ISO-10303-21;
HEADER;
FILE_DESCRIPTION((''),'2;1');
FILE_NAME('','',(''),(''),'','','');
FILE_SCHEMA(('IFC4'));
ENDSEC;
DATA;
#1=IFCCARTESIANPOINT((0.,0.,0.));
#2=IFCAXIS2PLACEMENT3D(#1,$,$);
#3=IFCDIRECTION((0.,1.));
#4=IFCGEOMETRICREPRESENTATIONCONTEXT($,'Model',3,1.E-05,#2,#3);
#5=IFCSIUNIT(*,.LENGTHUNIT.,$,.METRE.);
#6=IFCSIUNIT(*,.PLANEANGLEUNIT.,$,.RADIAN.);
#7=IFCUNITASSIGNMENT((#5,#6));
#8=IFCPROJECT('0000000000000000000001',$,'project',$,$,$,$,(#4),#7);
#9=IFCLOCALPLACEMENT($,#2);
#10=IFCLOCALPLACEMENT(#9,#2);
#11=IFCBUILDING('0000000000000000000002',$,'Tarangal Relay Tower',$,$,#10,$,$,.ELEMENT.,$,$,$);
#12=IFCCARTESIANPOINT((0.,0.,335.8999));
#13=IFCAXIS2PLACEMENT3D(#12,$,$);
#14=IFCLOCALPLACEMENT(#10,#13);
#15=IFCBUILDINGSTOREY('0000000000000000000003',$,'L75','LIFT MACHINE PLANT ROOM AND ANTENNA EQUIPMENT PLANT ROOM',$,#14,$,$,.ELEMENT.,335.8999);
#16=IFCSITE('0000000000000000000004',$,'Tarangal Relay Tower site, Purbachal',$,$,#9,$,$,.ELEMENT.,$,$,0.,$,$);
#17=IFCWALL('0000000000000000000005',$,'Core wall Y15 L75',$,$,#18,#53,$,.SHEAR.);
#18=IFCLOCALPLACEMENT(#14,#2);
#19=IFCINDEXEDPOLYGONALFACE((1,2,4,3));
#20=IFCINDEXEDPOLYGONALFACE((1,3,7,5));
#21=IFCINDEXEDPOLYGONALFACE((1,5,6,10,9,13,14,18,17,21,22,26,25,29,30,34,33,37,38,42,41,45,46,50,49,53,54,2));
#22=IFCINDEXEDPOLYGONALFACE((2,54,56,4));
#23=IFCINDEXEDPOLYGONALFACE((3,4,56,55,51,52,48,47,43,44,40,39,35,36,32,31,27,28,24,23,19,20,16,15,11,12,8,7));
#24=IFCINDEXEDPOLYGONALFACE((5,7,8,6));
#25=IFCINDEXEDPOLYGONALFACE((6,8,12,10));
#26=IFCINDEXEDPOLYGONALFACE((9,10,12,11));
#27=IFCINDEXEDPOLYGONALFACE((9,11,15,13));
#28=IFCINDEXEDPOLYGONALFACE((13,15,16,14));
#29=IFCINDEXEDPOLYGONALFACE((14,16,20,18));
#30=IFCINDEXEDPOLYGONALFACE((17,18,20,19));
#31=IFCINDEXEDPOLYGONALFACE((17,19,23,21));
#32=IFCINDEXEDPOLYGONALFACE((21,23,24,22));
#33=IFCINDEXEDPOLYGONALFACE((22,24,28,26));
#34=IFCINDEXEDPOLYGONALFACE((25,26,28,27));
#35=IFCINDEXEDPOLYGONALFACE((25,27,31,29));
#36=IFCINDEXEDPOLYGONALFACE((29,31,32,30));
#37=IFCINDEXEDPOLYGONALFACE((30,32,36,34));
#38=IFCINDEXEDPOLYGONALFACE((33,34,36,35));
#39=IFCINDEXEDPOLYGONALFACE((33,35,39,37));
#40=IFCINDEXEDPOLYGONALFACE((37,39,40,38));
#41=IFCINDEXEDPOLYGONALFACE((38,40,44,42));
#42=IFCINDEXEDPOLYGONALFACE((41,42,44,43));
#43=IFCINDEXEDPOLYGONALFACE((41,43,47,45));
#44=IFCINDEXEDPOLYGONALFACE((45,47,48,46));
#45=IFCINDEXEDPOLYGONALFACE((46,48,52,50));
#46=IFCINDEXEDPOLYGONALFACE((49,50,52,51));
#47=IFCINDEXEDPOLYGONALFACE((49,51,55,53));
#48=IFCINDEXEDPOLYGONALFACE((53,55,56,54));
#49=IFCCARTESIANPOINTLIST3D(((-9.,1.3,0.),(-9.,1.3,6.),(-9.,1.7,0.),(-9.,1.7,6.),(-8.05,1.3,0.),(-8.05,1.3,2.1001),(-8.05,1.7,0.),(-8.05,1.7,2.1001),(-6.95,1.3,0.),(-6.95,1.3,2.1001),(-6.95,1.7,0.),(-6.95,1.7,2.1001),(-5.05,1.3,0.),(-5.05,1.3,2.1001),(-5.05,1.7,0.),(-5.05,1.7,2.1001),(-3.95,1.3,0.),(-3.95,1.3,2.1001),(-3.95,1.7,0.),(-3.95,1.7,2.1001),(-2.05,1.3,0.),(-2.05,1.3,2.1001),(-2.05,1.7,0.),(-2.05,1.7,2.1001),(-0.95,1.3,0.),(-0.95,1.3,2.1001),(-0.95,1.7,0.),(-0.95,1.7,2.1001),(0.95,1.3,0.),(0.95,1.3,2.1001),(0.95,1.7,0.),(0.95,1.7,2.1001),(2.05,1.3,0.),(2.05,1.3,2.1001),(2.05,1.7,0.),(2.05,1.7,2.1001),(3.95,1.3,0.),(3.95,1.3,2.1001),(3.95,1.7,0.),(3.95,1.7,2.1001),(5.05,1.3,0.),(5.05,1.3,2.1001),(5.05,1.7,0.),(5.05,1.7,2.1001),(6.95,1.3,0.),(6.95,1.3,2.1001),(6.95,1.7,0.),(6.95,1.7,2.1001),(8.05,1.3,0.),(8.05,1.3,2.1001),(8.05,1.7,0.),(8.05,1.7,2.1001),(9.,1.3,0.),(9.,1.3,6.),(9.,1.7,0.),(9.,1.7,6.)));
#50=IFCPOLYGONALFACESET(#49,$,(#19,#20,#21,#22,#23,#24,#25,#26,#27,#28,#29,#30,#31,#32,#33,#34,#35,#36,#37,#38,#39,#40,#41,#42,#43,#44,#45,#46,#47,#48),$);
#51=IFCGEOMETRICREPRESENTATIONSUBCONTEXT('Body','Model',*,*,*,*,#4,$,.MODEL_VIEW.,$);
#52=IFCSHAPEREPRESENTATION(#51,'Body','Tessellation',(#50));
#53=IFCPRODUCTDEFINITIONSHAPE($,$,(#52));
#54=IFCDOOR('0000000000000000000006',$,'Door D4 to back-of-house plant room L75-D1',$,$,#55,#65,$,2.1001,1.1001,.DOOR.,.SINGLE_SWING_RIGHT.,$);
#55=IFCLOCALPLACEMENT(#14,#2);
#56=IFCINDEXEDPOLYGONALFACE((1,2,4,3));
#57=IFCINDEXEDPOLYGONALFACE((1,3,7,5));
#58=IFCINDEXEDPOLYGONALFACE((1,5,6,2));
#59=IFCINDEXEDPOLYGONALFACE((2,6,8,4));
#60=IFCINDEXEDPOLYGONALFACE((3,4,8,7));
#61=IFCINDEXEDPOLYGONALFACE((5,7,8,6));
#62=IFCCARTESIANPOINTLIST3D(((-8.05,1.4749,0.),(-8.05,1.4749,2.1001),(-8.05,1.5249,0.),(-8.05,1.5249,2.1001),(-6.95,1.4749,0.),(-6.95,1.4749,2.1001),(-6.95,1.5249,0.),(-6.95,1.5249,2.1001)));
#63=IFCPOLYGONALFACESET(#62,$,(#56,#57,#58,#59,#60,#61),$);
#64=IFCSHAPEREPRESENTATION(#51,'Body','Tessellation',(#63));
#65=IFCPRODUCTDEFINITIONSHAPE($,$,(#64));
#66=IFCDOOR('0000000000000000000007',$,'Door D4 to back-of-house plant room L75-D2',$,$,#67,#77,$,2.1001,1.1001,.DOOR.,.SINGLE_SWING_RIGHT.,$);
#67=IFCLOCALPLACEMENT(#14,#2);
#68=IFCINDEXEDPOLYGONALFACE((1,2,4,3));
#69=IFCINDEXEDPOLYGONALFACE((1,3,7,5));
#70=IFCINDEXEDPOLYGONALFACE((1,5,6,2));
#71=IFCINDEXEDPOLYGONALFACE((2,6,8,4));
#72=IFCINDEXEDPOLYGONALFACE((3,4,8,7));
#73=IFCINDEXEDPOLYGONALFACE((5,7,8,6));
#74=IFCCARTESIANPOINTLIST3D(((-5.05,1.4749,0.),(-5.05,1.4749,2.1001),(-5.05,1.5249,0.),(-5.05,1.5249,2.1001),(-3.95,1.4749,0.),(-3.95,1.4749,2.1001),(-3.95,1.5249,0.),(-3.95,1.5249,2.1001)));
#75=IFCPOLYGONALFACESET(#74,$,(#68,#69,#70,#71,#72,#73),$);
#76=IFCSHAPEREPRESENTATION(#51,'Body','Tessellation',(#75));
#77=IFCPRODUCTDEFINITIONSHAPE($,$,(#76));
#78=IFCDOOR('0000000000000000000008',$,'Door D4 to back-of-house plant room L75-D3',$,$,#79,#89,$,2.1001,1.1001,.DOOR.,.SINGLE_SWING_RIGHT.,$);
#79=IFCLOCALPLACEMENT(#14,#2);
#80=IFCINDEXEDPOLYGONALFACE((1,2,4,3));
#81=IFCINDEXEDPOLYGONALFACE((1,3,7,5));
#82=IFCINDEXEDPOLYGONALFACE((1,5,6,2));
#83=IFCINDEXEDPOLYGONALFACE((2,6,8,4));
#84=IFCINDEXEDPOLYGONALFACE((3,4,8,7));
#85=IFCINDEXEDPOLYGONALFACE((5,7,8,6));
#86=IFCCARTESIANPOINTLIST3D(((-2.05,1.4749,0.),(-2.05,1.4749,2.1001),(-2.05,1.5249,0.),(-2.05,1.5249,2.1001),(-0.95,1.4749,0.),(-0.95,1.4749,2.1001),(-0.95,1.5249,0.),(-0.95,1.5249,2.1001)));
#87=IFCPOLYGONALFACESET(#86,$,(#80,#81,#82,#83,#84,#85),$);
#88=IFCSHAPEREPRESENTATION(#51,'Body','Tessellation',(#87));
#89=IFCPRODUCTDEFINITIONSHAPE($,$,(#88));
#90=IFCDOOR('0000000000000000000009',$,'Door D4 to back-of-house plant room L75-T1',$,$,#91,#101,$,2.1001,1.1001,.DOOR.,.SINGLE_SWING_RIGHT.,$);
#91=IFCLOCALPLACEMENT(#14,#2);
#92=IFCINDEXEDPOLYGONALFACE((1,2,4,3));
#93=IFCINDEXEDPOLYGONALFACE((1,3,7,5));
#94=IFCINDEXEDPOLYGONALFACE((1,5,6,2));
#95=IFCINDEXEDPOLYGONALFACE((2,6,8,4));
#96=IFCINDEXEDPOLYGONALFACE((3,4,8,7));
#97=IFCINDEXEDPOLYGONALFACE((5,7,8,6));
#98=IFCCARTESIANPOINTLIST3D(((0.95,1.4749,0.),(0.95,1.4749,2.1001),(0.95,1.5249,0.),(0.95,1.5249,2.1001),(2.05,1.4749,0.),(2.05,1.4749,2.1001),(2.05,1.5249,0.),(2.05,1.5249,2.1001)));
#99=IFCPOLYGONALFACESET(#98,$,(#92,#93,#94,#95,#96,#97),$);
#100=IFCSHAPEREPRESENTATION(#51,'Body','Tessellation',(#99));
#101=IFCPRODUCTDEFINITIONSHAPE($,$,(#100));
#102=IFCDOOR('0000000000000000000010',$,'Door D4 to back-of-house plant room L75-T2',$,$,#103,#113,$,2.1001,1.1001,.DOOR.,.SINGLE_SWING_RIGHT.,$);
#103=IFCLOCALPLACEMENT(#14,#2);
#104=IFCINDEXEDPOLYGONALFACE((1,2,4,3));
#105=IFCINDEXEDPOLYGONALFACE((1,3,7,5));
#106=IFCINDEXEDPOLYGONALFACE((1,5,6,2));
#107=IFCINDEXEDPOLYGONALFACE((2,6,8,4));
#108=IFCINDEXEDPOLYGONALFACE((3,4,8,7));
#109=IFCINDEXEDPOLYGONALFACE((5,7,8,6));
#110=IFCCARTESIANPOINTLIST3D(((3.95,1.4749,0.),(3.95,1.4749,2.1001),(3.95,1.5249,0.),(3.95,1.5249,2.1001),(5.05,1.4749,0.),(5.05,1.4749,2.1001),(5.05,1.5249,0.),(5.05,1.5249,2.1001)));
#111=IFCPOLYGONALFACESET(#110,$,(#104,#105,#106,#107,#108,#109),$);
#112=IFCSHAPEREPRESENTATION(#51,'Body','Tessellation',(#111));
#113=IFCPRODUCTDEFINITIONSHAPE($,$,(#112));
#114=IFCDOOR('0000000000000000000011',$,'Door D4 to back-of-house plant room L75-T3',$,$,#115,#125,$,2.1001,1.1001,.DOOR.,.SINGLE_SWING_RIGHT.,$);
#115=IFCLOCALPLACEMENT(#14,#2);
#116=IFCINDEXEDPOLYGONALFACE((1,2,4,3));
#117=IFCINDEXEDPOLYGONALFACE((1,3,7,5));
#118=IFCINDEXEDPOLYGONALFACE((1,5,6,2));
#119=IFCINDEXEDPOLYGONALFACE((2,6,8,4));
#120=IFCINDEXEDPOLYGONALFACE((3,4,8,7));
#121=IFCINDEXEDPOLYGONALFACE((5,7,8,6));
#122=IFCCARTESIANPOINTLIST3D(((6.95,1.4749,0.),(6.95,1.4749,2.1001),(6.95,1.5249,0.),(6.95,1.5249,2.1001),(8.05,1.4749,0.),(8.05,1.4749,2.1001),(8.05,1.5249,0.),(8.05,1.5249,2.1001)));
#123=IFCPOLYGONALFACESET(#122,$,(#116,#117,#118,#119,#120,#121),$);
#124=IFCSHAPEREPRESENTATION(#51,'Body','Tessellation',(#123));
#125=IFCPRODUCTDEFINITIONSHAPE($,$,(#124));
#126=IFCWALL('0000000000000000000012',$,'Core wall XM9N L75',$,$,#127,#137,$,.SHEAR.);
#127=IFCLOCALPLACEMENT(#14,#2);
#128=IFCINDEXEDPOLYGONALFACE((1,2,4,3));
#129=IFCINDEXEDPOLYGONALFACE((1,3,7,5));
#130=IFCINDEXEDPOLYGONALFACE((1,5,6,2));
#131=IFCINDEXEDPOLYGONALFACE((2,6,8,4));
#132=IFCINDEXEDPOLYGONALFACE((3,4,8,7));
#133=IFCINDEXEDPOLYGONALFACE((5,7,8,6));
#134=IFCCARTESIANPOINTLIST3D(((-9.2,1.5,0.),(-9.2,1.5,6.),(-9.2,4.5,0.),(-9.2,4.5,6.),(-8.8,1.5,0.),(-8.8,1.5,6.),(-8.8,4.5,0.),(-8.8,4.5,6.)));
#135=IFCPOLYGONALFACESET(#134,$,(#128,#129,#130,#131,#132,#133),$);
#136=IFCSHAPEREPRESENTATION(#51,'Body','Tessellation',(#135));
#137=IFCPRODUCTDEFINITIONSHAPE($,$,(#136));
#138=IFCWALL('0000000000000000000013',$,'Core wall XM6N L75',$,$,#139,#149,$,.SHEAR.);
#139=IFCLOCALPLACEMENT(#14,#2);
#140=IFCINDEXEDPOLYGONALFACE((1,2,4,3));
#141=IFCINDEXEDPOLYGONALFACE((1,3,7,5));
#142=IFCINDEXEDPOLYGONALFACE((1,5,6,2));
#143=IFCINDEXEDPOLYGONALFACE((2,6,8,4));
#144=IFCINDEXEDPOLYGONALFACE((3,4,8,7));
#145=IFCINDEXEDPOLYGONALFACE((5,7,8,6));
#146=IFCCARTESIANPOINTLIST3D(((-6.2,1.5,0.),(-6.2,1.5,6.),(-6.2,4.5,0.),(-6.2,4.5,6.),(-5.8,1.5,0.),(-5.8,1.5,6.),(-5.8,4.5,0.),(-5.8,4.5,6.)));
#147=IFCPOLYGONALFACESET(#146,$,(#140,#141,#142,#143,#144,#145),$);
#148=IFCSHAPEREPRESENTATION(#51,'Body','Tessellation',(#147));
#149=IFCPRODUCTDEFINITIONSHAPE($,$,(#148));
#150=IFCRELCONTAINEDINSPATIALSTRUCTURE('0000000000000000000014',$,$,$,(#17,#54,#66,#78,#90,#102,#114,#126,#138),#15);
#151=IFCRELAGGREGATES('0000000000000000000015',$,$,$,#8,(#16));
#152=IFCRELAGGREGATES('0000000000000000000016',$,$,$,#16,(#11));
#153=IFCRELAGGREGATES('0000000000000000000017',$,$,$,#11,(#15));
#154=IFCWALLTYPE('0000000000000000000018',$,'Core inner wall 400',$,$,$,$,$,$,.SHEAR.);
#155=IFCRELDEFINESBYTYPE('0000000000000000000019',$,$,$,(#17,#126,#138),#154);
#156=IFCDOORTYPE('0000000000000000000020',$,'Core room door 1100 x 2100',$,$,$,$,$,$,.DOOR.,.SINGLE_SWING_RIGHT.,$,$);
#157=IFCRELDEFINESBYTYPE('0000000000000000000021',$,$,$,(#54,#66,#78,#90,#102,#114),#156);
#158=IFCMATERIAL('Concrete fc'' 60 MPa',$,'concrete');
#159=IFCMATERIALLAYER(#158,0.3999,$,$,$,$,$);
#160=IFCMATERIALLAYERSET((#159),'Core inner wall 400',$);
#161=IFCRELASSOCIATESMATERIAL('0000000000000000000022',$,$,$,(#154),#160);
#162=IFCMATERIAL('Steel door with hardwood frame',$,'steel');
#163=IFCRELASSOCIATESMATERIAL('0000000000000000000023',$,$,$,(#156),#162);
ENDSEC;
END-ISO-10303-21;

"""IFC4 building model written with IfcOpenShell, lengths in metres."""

from ifc_helpers import new_model, si_unit, direction, frame, frame_2d, origin, place, context, subcontext, project, spatial, rectangle, extrude, material, layer, layer_set, type_object, element, fill, save


model = new_model("IFC4")

# Units and contexts
model_context = context("Model", 3, precision=1e-05, world=origin(), true_north=direction((0.0, 1.0)))
body_context = subcontext(model_context, "Body", "Model", "MODEL_VIEW")
ifc_project = project(units=[si_unit("LENGTHUNIT", "METRE"), si_unit("PLANEANGLEUNIT", "RADIAN")], contexts=[model_context])

# Site, building, storey
site_placement = place(None, origin())
site = spatial("IfcSite", under=ifc_project, at=site_placement, Name="Tarangal Relay Tower site, Purbachal", CompositionType="ELEMENT", RefElevation=0.0)
building_placement = place(site_placement, origin())
building = spatial("IfcBuilding", under=site, at=building_placement, Name="Tarangal Relay Tower", CompositionType="ELEMENT")
storey_placement = place(building_placement, frame((0.0, 0.0, 335.8999)))
storey = spatial("IfcBuildingStorey", under=building, at=storey_placement, Name="L75", Description="LIFT MACHINE PLANT ROOM AND ANTENNA EQUIPMENT PLANT ROOM", CompositionType="ELEMENT", Elevation=335.8999)

# Wall, openings, doors
ifc_material_1 = material(Name="Concrete fc' 60 MPa", Category="concrete")
ifc_layer = layer(ifc_material_1, 0.3999)
ifc_layer_set = layer_set([ifc_layer], Name="Core inner wall 400")
wall_type = type_object("IfcWallType", Name="Core inner wall 400", PredefinedType="SHEAR", material=ifc_layer_set)
wall_placement = place(storey_placement, frame((-9.0, 1.5, 0.0), z_axis=(0.0, 0.0, 1.0), x_axis=(1.0, 0.0, 0.0)))
wall = element("IfcWall", 1, at=wall_placement, inside=storey, type_object=wall_type, Name="Core wall Y15 L75", PredefinedType="SHEAR", context=body_context, shape_type="SweptSolid", body=[
    extrude(rectangle(XDim=18.0, YDim=0.3999, at=frame_2d((9.0, 0.0))), origin(), (0.0, 0.0, 1.0), 6.0),
])
opening_1_placement = place(wall_placement, frame((0.95, 0.0, 0.0)))
opening_1 = element("IfcOpeningElement", 2, at=opening_1_placement, cuts=wall, PredefinedType="OPENING", context=body_context, shape_type="SweptSolid", body=[
    extrude(rectangle(XDim=1.1001, YDim=2.1001, at=frame_2d((0.55, 1.05))), frame((0.0, 0.21, 0.0), z_axis=(0.0, -1.0, 0.0), x_axis=(1.0, 0.0, 0.0)), (0.0, 0.0, 1.0), 0.4199),
])
opening_2_placement = place(wall_placement, frame((3.95, 0.0, 0.0)))
opening_2 = element("IfcOpeningElement", 3, at=opening_2_placement, cuts=wall, PredefinedType="OPENING", context=body_context, shape_type="SweptSolid", body=[
    extrude(rectangle(XDim=1.1001, YDim=2.1001, at=frame_2d((0.55, 1.05))), frame((0.0, 0.21, 0.0), z_axis=(0.0, -1.0, 0.0), x_axis=(1.0, 0.0, 0.0)), (0.0, 0.0, 1.0), 0.4199),
])
opening_3_placement = place(wall_placement, frame((6.95, 0.0, 0.0)))
opening_3 = element("IfcOpeningElement", 4, at=opening_3_placement, cuts=wall, PredefinedType="OPENING", context=body_context, shape_type="SweptSolid", body=[
    extrude(rectangle(XDim=1.1001, YDim=2.1001, at=frame_2d((0.55, 1.05))), frame((0.0, 0.21, 0.0), z_axis=(0.0, -1.0, 0.0), x_axis=(1.0, 0.0, 0.0)), (0.0, 0.0, 1.0), 0.4199),
])
opening_4_placement = place(wall_placement, frame((9.95, 0.0, 0.0)))
opening_4 = element("IfcOpeningElement", 5, at=opening_4_placement, cuts=wall, PredefinedType="OPENING", context=body_context, shape_type="SweptSolid", body=[
    extrude(rectangle(XDim=1.1001, YDim=2.1001, at=frame_2d((0.55, 1.05))), frame((0.0, 0.21, 0.0), z_axis=(0.0, -1.0, 0.0), x_axis=(1.0, 0.0, 0.0)), (0.0, 0.0, 1.0), 0.4199),
])
opening_5_placement = place(wall_placement, frame((12.95, 0.0, 0.0)))
opening_5 = element("IfcOpeningElement", 6, at=opening_5_placement, cuts=wall, PredefinedType="OPENING", context=body_context, shape_type="SweptSolid", body=[
    extrude(rectangle(XDim=1.1001, YDim=2.1001, at=frame_2d((0.55, 1.05))), frame((0.0, 0.21, 0.0), z_axis=(0.0, -1.0, 0.0), x_axis=(1.0, 0.0, 0.0)), (0.0, 0.0, 1.0), 0.4199),
])
opening_6_placement = place(wall_placement, frame((15.95, 0.0, 0.0)))
opening_6 = element("IfcOpeningElement", 7, at=opening_6_placement, cuts=wall, PredefinedType="OPENING", context=body_context, shape_type="SweptSolid", body=[
    extrude(rectangle(XDim=1.1001, YDim=2.1001, at=frame_2d((0.55, 1.05))), frame((0.0, 0.21, 0.0), z_axis=(0.0, -1.0, 0.0), x_axis=(1.0, 0.0, 0.0)), (0.0, 0.0, 1.0), 0.4199),
])
ifc_material_2 = material(Name="Steel door with hardwood frame", Category="steel")
door_type = type_object("IfcDoorType", Name="Core room door 1100 x 2100", OperationType="SINGLE_SWING_RIGHT", PredefinedType="DOOR", material=ifc_material_2)
door_1_placement = place(opening_1_placement, origin())
door_1 = element("IfcDoor", 8, at=door_1_placement, inside=storey, type_object=door_type, Name="Door D4 to back-of-house plant room L75-D1", OperationType="SINGLE_SWING_RIGHT", OverallHeight=2.1001, OverallWidth=1.1001, PredefinedType="DOOR", context=body_context, shape_type="SweptSolid", body=[
    extrude(rectangle(XDim=1.1001, YDim=2.1001, at=frame_2d((0.55, 1.05))), frame((0.0, 0.0249, 0.0), z_axis=(0.0, -1.0, 0.0), x_axis=(1.0, 0.0, 0.0)), (0.0, 0.0, 1.0), 0.05),
])
fill(opening_1, door_1)
door_2_placement = place(opening_2_placement, origin())
door_2 = element("IfcDoor", 9, at=door_2_placement, inside=storey, type_object=door_type, Name="Door D4 to back-of-house plant room L75-D2", OperationType="SINGLE_SWING_RIGHT", OverallHeight=2.1001, OverallWidth=1.1001, PredefinedType="DOOR", context=body_context, shape_type="SweptSolid", body=[
    extrude(rectangle(XDim=1.1001, YDim=2.1001, at=frame_2d((0.55, 1.05))), frame((0.0, 0.0249, 0.0), z_axis=(0.0, -1.0, 0.0), x_axis=(1.0, 0.0, 0.0)), (0.0, 0.0, 1.0), 0.05),
])
fill(opening_2, door_2)
door_3_placement = place(opening_3_placement, origin())
door_3 = element("IfcDoor", 10, at=door_3_placement, inside=storey, type_object=door_type, Name="Door D4 to back-of-house plant room L75-D3", OperationType="SINGLE_SWING_RIGHT", OverallHeight=2.1001, OverallWidth=1.1001, PredefinedType="DOOR", context=body_context, shape_type="SweptSolid", body=[
    extrude(rectangle(XDim=1.1001, YDim=2.1001, at=frame_2d((0.55, 1.05))), frame((0.0, 0.0249, 0.0), z_axis=(0.0, -1.0, 0.0), x_axis=(1.0, 0.0, 0.0)), (0.0, 0.0, 1.0), 0.05),
])
fill(opening_3, door_3)
door_4_placement = place(opening_4_placement, origin())
door_4 = element("IfcDoor", 11, at=door_4_placement, inside=storey, type_object=door_type, Name="Door D4 to back-of-house plant room L75-T1", OperationType="SINGLE_SWING_RIGHT", OverallHeight=2.1001, OverallWidth=1.1001, PredefinedType="DOOR", context=body_context, shape_type="SweptSolid", body=[
    extrude(rectangle(XDim=1.1001, YDim=2.1001, at=frame_2d((0.55, 1.05))), frame((0.0, 0.0249, 0.0), z_axis=(0.0, -1.0, 0.0), x_axis=(1.0, 0.0, 0.0)), (0.0, 0.0, 1.0), 0.05),
])
fill(opening_4, door_4)
door_5_placement = place(opening_5_placement, origin())
door_5 = element("IfcDoor", 12, at=door_5_placement, inside=storey, type_object=door_type, Name="Door D4 to back-of-house plant room L75-T2", OperationType="SINGLE_SWING_RIGHT", OverallHeight=2.1001, OverallWidth=1.1001, PredefinedType="DOOR", context=body_context, shape_type="SweptSolid", body=[
    extrude(rectangle(XDim=1.1001, YDim=2.1001, at=frame_2d((0.55, 1.05))), frame((0.0, 0.0249, 0.0), z_axis=(0.0, -1.0, 0.0), x_axis=(1.0, 0.0, 0.0)), (0.0, 0.0, 1.0), 0.05),
])
fill(opening_5, door_5)
door_6_placement = place(opening_6_placement, origin())
door_6 = element("IfcDoor", 13, at=door_6_placement, inside=storey, type_object=door_type, Name="Door D4 to back-of-house plant room L75-T3", OperationType="SINGLE_SWING_RIGHT", OverallHeight=2.1001, OverallWidth=1.1001, PredefinedType="DOOR", context=body_context, shape_type="SweptSolid", body=[
    extrude(rectangle(XDim=1.1001, YDim=2.1001, at=frame_2d((0.55, 1.05))), frame((0.0, 0.0249, 0.0), z_axis=(0.0, -1.0, 0.0), x_axis=(1.0, 0.0, 0.0)), (0.0, 0.0, 1.0), 0.05),
])
fill(opening_6, door_6)

# Walls
for number, where, z_axis, x_axis, name in (
    (14, (-9.0, 1.5, 0.0), (0.0, 0.0, 1.0), (0.0, 1.0, 0.0), "Core wall XM9N L75"),
    (15, (-6.0, 1.5, 0.0), (0.0, 0.0, 1.0), (0.0, 1.0, 0.0), "Core wall XM6N L75"),
):
    element("IfcWall", number, at=place(storey_placement, frame(where, z_axis=z_axis, x_axis=x_axis)), inside=storey, type_object=wall_type, Name=name, PredefinedType="SHEAR", context=body_context, shape_type="SweptSolid", body=[
        extrude(rectangle(XDim=3.0, YDim=0.3999, at=frame_2d((1.5, 0.0))), origin(), (0.0, 0.0, 1.0), 6.0),
    ])

save(model, "model.ifc")
